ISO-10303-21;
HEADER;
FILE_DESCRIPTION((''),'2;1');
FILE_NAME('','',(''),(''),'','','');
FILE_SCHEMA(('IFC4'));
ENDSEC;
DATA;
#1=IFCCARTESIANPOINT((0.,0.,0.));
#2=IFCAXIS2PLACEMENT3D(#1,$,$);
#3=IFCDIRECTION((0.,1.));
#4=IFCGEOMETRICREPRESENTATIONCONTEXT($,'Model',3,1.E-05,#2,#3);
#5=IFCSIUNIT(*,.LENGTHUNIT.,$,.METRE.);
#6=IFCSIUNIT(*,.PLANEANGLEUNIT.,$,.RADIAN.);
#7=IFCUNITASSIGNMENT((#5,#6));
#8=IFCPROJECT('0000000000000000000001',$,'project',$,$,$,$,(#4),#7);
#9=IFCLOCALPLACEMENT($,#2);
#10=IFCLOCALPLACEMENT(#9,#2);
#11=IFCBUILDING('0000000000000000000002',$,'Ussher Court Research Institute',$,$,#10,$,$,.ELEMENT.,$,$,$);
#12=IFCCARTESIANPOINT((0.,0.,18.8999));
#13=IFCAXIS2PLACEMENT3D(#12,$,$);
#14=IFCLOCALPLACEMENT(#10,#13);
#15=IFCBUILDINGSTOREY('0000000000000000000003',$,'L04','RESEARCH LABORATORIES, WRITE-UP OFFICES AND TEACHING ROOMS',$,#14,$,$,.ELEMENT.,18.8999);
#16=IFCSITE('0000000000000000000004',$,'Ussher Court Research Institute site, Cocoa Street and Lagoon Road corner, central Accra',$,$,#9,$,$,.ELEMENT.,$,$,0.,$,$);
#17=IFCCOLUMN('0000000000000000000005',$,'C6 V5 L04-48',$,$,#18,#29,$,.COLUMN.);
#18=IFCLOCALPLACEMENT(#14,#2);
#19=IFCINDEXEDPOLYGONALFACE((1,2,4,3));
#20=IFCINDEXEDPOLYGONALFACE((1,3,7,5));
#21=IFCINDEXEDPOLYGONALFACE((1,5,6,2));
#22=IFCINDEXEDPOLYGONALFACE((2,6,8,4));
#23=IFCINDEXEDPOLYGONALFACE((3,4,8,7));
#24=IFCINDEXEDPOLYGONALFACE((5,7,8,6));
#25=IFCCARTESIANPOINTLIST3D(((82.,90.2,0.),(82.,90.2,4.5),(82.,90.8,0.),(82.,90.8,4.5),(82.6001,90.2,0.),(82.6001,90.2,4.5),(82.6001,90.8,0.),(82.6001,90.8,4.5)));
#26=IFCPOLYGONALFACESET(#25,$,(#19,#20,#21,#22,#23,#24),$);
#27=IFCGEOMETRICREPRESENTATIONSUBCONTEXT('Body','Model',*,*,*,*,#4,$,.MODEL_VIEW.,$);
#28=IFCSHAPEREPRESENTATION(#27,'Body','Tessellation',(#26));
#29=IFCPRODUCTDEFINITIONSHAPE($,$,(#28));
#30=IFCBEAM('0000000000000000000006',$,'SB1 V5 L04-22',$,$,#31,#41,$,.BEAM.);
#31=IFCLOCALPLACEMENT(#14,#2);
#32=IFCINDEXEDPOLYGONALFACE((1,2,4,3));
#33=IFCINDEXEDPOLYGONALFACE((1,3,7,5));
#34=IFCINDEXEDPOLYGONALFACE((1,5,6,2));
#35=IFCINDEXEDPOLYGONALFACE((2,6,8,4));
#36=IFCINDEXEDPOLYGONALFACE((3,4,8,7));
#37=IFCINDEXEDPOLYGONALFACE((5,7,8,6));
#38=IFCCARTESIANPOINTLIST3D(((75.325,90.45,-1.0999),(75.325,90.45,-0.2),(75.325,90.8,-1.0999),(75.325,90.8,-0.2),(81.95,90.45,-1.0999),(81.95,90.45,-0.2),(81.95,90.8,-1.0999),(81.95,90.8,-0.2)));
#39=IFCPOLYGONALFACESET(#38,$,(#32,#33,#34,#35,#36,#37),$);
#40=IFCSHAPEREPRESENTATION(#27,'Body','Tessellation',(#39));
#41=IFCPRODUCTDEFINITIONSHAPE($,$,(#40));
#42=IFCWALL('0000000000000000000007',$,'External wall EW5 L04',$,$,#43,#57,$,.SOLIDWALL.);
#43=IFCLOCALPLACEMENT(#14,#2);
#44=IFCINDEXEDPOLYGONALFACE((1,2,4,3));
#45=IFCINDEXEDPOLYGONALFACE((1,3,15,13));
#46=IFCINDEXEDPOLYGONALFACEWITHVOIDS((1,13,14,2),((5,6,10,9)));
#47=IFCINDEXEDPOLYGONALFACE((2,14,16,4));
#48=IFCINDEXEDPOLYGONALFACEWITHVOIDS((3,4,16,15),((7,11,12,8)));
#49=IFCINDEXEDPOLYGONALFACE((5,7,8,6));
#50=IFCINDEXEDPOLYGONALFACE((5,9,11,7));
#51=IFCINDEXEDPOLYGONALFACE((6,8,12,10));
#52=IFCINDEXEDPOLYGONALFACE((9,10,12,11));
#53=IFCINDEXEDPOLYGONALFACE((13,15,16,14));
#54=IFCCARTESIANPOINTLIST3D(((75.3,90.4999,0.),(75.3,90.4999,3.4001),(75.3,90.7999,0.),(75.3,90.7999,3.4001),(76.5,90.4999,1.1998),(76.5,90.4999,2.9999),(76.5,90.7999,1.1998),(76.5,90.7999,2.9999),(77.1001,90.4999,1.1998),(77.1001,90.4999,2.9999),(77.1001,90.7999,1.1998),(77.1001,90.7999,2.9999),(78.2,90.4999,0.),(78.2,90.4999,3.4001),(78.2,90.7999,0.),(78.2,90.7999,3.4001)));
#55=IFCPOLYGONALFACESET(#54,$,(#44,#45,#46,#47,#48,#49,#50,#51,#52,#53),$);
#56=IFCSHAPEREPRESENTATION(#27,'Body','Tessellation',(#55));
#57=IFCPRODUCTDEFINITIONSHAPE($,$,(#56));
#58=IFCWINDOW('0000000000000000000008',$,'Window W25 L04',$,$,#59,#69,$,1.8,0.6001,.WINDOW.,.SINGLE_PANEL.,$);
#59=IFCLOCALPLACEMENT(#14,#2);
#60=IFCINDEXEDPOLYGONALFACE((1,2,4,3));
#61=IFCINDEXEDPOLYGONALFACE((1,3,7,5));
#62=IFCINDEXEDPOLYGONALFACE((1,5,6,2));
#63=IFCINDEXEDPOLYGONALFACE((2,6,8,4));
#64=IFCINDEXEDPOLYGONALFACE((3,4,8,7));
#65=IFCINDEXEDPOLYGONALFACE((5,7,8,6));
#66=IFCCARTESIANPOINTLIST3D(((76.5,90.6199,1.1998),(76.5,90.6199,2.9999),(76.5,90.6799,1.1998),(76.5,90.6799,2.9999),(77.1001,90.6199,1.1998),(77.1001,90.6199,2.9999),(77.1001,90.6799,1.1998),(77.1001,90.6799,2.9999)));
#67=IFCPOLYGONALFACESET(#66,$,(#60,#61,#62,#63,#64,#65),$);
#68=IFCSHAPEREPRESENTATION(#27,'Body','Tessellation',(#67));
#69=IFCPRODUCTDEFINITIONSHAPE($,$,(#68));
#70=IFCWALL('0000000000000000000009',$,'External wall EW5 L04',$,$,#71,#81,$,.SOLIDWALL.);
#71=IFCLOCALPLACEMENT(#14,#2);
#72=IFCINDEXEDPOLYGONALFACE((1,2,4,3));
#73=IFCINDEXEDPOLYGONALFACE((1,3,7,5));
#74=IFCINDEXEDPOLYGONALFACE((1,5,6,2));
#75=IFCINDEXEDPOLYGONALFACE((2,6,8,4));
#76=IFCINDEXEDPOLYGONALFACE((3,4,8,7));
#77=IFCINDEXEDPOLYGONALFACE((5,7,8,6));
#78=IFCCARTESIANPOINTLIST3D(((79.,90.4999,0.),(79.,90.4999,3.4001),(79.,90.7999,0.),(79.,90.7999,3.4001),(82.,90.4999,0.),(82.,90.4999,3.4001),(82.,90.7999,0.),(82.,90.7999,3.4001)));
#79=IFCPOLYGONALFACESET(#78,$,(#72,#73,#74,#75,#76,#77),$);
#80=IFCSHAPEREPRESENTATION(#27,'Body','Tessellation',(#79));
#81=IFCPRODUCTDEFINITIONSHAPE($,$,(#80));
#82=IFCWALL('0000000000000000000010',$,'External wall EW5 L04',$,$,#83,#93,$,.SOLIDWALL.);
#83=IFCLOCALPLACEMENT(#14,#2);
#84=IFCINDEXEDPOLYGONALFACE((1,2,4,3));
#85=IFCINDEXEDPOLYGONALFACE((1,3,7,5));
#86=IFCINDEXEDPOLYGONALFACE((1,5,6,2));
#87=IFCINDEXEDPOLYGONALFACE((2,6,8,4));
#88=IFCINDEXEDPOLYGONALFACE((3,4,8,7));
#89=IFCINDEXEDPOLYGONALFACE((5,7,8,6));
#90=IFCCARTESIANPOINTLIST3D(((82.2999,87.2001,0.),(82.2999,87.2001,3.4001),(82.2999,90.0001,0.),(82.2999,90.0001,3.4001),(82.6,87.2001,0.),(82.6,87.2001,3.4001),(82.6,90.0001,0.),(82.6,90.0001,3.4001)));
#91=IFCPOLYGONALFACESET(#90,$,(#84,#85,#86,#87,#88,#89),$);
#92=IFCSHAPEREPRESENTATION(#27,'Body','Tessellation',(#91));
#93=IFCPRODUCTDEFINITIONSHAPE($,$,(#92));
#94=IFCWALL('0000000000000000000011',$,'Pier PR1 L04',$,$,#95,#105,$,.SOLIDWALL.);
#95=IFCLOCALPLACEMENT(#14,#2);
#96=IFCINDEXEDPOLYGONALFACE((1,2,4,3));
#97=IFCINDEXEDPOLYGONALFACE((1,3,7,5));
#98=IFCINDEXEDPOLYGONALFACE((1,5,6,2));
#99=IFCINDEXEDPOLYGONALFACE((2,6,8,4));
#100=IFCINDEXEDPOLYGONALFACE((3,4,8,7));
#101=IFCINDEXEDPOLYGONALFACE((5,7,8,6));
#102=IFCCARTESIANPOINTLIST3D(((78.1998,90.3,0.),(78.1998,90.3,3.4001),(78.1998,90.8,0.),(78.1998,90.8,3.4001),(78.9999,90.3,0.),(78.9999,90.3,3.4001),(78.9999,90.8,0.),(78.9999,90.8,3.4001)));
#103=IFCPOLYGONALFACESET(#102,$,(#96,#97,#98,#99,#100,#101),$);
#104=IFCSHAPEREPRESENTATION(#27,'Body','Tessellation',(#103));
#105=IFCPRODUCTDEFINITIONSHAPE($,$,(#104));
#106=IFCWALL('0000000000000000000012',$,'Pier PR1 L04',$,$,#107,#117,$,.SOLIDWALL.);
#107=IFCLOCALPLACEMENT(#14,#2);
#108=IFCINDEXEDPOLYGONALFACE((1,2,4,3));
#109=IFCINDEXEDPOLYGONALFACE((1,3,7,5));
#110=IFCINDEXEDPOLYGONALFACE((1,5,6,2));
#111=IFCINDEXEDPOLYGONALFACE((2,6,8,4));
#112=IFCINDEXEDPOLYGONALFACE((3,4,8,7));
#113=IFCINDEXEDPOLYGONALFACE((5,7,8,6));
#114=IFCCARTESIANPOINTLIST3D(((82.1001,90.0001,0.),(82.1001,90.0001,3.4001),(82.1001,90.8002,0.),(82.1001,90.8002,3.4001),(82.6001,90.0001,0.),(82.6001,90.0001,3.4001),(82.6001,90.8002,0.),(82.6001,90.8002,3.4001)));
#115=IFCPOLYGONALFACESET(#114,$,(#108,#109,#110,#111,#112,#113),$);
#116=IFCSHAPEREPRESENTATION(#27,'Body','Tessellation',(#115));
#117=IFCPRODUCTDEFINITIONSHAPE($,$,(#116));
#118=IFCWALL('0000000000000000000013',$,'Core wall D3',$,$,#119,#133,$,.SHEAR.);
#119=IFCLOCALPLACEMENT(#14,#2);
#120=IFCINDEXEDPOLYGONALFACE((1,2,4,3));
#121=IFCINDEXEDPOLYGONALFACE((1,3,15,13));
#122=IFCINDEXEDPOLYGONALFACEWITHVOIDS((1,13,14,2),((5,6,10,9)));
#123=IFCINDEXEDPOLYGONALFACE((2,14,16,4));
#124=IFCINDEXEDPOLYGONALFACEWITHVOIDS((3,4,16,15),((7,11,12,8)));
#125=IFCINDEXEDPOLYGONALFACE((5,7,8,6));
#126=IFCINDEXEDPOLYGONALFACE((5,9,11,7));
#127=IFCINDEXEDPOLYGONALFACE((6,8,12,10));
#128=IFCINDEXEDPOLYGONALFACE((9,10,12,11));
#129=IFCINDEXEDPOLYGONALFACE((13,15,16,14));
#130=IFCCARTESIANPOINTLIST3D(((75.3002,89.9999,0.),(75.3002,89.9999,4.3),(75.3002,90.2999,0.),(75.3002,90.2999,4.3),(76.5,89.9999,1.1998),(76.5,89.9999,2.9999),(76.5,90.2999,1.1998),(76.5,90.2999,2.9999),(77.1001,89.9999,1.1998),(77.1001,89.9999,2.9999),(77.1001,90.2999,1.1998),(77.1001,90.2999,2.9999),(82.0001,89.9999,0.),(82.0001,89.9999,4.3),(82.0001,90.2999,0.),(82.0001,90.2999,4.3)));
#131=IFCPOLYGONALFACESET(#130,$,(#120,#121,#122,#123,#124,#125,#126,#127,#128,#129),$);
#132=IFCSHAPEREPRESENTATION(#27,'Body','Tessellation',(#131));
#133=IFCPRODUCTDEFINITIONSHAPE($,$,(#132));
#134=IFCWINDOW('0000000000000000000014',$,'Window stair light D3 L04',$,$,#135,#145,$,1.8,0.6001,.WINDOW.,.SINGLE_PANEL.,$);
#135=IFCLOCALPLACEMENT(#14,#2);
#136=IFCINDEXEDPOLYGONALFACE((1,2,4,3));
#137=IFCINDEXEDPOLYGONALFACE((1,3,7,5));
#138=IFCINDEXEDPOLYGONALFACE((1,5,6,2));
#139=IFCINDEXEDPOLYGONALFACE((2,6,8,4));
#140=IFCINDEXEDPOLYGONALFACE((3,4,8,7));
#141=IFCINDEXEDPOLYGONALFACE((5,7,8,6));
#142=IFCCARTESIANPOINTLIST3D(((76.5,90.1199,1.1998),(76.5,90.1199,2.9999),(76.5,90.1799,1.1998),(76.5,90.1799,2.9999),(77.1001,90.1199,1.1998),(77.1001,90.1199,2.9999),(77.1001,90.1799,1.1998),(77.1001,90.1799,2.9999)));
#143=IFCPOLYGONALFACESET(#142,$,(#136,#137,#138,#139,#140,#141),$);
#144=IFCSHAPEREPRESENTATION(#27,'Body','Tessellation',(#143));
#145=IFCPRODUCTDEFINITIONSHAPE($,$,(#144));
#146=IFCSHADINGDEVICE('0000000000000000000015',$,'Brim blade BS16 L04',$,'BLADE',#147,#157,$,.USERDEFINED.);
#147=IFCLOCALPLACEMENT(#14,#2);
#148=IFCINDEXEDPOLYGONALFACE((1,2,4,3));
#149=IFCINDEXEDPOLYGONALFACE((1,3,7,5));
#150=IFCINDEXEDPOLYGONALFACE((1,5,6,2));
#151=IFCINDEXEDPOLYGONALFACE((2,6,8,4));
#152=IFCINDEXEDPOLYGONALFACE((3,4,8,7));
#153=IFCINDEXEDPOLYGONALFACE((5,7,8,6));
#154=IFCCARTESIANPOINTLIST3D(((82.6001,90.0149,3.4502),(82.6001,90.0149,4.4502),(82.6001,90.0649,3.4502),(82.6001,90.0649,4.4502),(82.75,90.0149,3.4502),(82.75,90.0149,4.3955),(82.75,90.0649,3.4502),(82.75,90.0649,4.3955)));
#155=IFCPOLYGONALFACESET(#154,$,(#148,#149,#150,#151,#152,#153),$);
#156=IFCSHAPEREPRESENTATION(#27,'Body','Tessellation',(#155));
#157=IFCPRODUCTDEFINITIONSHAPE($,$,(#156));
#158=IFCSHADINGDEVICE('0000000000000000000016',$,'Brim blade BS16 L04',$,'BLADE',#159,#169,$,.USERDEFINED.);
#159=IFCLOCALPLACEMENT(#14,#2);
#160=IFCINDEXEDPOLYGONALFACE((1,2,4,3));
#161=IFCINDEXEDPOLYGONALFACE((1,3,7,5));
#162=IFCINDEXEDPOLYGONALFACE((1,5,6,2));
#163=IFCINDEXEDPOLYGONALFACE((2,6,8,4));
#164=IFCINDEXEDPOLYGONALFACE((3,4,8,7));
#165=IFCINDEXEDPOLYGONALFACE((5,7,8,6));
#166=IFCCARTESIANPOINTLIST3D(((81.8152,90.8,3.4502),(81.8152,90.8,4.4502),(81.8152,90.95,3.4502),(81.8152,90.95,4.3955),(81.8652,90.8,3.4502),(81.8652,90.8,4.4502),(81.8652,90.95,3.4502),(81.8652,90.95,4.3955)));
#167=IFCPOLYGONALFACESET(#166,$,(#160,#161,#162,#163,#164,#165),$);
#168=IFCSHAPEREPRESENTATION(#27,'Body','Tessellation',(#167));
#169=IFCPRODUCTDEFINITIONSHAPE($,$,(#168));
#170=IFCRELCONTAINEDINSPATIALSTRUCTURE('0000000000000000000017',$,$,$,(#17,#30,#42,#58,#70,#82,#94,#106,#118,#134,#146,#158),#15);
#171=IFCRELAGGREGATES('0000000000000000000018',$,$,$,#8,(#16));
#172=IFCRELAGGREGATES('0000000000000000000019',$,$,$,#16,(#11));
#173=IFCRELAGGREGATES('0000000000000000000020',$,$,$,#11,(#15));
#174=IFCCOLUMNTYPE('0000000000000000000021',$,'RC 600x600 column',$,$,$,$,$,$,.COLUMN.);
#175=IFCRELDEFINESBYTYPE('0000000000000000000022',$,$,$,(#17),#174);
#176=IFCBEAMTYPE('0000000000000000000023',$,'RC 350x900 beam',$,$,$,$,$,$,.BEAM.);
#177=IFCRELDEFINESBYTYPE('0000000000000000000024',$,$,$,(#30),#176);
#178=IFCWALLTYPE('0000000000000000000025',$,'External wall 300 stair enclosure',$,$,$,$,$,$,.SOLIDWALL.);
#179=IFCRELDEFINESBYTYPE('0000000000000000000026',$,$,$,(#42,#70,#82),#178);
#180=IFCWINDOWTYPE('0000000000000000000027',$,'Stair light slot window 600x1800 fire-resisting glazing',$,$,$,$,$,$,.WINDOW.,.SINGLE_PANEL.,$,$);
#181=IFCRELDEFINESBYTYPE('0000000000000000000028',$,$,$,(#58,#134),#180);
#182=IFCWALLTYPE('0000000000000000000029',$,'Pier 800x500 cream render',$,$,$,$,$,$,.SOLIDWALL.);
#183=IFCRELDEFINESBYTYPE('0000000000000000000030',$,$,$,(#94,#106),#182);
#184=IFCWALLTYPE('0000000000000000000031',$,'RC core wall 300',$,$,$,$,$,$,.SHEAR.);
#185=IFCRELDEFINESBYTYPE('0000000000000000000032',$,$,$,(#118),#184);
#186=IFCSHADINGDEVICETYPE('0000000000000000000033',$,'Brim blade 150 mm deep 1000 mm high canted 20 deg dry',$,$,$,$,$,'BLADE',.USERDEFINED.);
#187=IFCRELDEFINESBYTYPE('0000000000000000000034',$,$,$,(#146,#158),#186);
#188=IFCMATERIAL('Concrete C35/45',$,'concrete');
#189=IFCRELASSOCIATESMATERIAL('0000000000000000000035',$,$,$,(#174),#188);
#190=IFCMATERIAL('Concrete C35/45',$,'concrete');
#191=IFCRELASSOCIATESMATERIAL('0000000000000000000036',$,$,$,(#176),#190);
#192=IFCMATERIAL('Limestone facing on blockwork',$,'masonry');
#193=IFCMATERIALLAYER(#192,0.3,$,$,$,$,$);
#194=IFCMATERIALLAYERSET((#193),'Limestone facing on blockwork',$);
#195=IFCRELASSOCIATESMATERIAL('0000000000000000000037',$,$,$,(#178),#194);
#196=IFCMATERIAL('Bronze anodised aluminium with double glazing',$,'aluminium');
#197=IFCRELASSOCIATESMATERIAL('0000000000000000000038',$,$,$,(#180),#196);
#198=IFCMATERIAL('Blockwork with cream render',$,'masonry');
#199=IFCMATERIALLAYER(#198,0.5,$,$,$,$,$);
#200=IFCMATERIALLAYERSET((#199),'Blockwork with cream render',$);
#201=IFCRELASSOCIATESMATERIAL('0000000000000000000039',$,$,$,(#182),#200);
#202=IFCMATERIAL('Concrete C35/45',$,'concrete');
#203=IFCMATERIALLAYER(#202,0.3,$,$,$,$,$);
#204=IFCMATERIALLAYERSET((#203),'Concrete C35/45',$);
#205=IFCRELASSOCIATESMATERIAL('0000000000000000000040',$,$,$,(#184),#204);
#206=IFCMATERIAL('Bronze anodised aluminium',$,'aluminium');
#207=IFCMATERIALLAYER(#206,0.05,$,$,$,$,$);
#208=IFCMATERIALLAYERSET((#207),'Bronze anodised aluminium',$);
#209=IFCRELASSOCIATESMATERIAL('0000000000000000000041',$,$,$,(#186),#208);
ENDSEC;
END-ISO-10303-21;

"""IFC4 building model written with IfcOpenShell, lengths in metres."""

from ifc_helpers import new_model, si_unit, direction, frame, frame_2d, origin, origin_2d, place, context, subcontext, project, spatial, polyline, rectangle, outline, extrude, material, layer, layer_set, material_profile, profile_set, type_object, element, fill, save


model = new_model("IFC4")

# Units and contexts
model_context = context("Model", 3, precision=1e-05, world=origin(), true_north=direction((0.0, 1.0)))
body_context = subcontext(model_context, "Body", "Model", "MODEL_VIEW")
ifc_project = project(units=[si_unit("LENGTHUNIT", "METRE"), si_unit("PLANEANGLEUNIT", "RADIAN")], contexts=[model_context])

# Site, building, storey
site_placement = place(None, origin())
site = spatial("IfcSite", under=ifc_project, at=site_placement, Name="Ussher Court Research Institute site, Cocoa Street and Lagoon Road corner, central Accra", CompositionType="ELEMENT", RefElevation=0.0)
building_placement = place(site_placement, origin())
building = spatial("IfcBuilding", under=site, at=building_placement, Name="Ussher Court Research Institute", CompositionType="ELEMENT")
storey_placement = place(building_placement, frame((0.0, 0.0, 18.8999)))
storey = spatial("IfcBuildingStorey", under=building, at=storey_placement, Name="L04", Description="RESEARCH LABORATORIES, WRITE-UP OFFICES AND TEACHING ROOMS", CompositionType="ELEMENT", Elevation=18.8999)

# Column
ifc_material_1 = material(Name="Concrete C35/45", Category="concrete")
ifc_material_profile_1 = material_profile(ifc_material_1, rectangle(XDim=0.6001, YDim=0.6001, at=origin_2d()), Name="RC 600x600")
ifc_profile_set_1 = profile_set([ifc_material_profile_1], Name="Concrete C35/45")
column_type = type_object("IfcColumnType", Name="RC 600x600 column", PredefinedType="COLUMN", material=ifc_profile_set_1)
column_placement = place(storey_placement, frame((82.3, 90.5, 0.0), z_axis=(0.0, 0.0, 1.0), x_axis=(1.0, 0.0, 0.0)))
element("IfcColumn", 1, at=column_placement, inside=storey, type_object=column_type, Name="C6 V5 L04-48", PredefinedType="COLUMN", context=body_context, shape_type="SweptSolid", body=[
    extrude(rectangle(XDim=0.6001, YDim=0.6001, at=origin_2d()), origin(), (0.0, 0.0, 1.0), 4.5),
])

# Beam
ifc_material_2 = material(Name="Concrete C35/45", Category="concrete")
ifc_material_profile_2 = material_profile(ifc_material_2, rectangle(XDim=0.3501, YDim=0.8999, at=origin_2d()), Name="RC 350x900")
ifc_profile_set_2 = profile_set([ifc_material_profile_2], Name="Concrete C35/45")
beam_type = type_object("IfcBeamType", Name="RC 350x900 beam", PredefinedType="BEAM", material=ifc_profile_set_2)
beam_placement = place(storey_placement, frame((75.325, 90.625, -0.6499), z_axis=(1.0, 0.0, 0.0), x_axis=(0.0, 1.0, 0.0)))
element("IfcBeam", 2, at=beam_placement, inside=storey, type_object=beam_type, Name="SB1 V5 L04-22", PredefinedType="BEAM", context=body_context, shape_type="SweptSolid", body=[
    extrude(rectangle(XDim=0.3501, YDim=0.8999, at=origin_2d()), origin(), (0.0, 0.0, 1.0), 6.625),
])

# Wall, opening, window
ifc_material_3 = material(Name="Limestone facing on blockwork", Category="masonry")
ifc_layer_1 = layer(ifc_material_3, 0.3)
ifc_layer_set_1 = layer_set([ifc_layer_1], Name="Limestone facing on blockwork")
wall_type_1 = type_object("IfcWallType", Name="External wall 300 stair enclosure", PredefinedType="SOLIDWALL", material=ifc_layer_set_1)
wall_1_placement = place(storey_placement, frame((75.3, 90.6499, 0.0), z_axis=(0.0, 0.0, 1.0), x_axis=(1.0, 0.0, 0.0)))
wall_1 = element("IfcWall", 3, at=wall_1_placement, inside=storey, type_object=wall_type_1, Name="External wall EW5 L04", PredefinedType="SOLIDWALL", context=body_context, shape_type="SweptSolid", body=[
    extrude(rectangle(XDim=2.8999, YDim=0.3, at=frame_2d((1.45, 0.0))), origin(), (0.0, 0.0, 1.0), 3.4001),
])
opening_1_placement = place(wall_1_placement, frame((1.2, 0.0, 1.2)))
opening_1 = element("IfcOpeningElement", 4, at=opening_1_placement, cuts=wall_1, PredefinedType="OPENING", context=body_context, shape_type="SweptSolid", body=[
    extrude(rectangle(XDim=0.6001, YDim=1.8, at=frame_2d((0.3, 0.8999))), frame((0.0, 0.1602, 0.0), z_axis=(0.0, -1.0, 0.0), x_axis=(1.0, 0.0, 0.0)), (0.0, 0.0, 1.0), 0.3201),
])
ifc_material_4 = material(Name="Bronze anodised aluminium with double glazing", Category="aluminium")
window_type = type_object("IfcWindowType", Name="Stair light slot window 600x1800 fire-resisting glazing", PartitioningType="SINGLE_PANEL", PredefinedType="WINDOW", material=ifc_material_4)
window_1_placement = place(opening_1_placement, origin())
window_1 = element("IfcWindow", 5, at=window_1_placement, inside=storey, type_object=window_type, Name="Window W25 L04", OverallHeight=1.8, OverallWidth=0.6001, PartitioningType="SINGLE_PANEL", PredefinedType="WINDOW", context=body_context, shape_type="SweptSolid", body=[
    extrude(rectangle(XDim=0.6001, YDim=1.8, at=frame_2d((0.3, 0.8999))), frame((0.0, 0.03, 0.0), z_axis=(0.0, -1.0, 0.0), x_axis=(1.0, 0.0, 0.0)), (0.0, 0.0, 1.0), 0.0601),
])
fill(opening_1, window_1)

# Walls
wall_2_placement = place(storey_placement, frame((79.0, 90.6499, 0.0), z_axis=(0.0, 0.0, 1.0), x_axis=(1.0, 0.0, 0.0)))
element("IfcWall", 6, at=wall_2_placement, inside=storey, type_object=wall_type_1, Name="External wall EW5 L04", PredefinedType="SOLIDWALL", context=body_context, shape_type="SweptSolid", body=[
    extrude(rectangle(XDim=3.0, YDim=0.3, at=frame_2d((1.5, 0.0))), origin(), (0.0, 0.0, 1.0), 3.4001),
])
wall_3_placement = place(storey_placement, frame((82.45, 90.0, 0.0), z_axis=(0.0, 0.0, 1.0), x_axis=(0.0, -1.0, 0.0)))
element("IfcWall", 7, at=wall_3_placement, inside=storey, type_object=wall_type_1, Name="External wall EW5 L04", PredefinedType="SOLIDWALL", context=body_context, shape_type="SweptSolid", body=[
    extrude(rectangle(XDim=2.8, YDim=0.3, at=frame_2d((1.3999, 0.0))), origin(), (0.0, 0.0, 1.0), 3.4001),
])
ifc_material_5 = material(Name="Blockwork with cream render", Category="masonry")
ifc_layer_2 = layer(ifc_material_5, 0.5)
ifc_layer_set_2 = layer_set([ifc_layer_2], Name="Blockwork with cream render")
wall_type_2 = type_object("IfcWallType", Name="Pier 800x500 cream render", PredefinedType="SOLIDWALL", material=ifc_layer_set_2)
for number, where, z_axis, x_axis, name in (
    (8, (78.2, 90.55, 0.0), (0.0, 0.0, 1.0), (1.0, 0.0, 0.0), "Pier PR1 L04"),
    (9, (82.3501, 90.8, 0.0), (0.0, 0.0, 1.0), (0.0, -1.0, 0.0), "Pier PR1 L04"),
):
    element("IfcWall", number, at=place(storey_placement, frame(where, z_axis=z_axis, x_axis=x_axis)), inside=storey, type_object=wall_type_2, Name=name, PredefinedType="SOLIDWALL", context=body_context, shape_type="SweptSolid", body=[
        extrude(rectangle(XDim=0.8, YDim=0.5, at=frame_2d((0.3999, 0.0))), origin(), (0.0, 0.0, 1.0), 3.4001),
    ])

# Wall, opening, window
ifc_material_6 = material(Name="Concrete C35/45", Category="concrete")
ifc_layer_3 = layer(ifc_material_6, 0.3)
ifc_layer_set_3 = layer_set([ifc_layer_3], Name="Concrete C35/45")
wall_type_3 = type_object("IfcWallType", Name="RC core wall 300", PredefinedType="SHEAR", material=ifc_layer_set_3)
wall_4_placement = place(storey_placement, frame((75.3, 90.1499, 0.0), z_axis=(0.0, 0.0, 1.0), x_axis=(1.0, 0.0, 0.0)))
wall_4 = element("IfcWall", 10, at=wall_4_placement, inside=storey, type_object=wall_type_3, Name="Core wall D3", PredefinedType="SHEAR", context=body_context, shape_type="SweptSolid", body=[
    extrude(rectangle(XDim=6.7, YDim=0.3, at=frame_2d((3.3501, 0.0))), origin(), (0.0, 0.0, 1.0), 4.3),
])
opening_2_placement = place(wall_4_placement, frame((1.2, 0.0, 1.2)))
opening_2 = element("IfcOpeningElement", 11, at=opening_2_placement, cuts=wall_4, PredefinedType="OPENING", context=body_context, shape_type="SweptSolid", body=[
    extrude(rectangle(XDim=0.6001, YDim=1.8, at=frame_2d((0.3, 0.8999))), frame((0.0, 0.1602, 0.0), z_axis=(0.0, -1.0, 0.0), x_axis=(1.0, 0.0, 0.0)), (0.0, 0.0, 1.0), 0.3201),
])
window_2_placement = place(opening_2_placement, origin())
window_2 = element("IfcWindow", 12, at=window_2_placement, inside=storey, type_object=window_type, Name="Window stair light D3 L04", OverallHeight=1.8, OverallWidth=0.6001, PartitioningType="SINGLE_PANEL", PredefinedType="WINDOW", context=body_context, shape_type="SweptSolid", body=[
    extrude(rectangle(XDim=0.6001, YDim=1.8, at=frame_2d((0.3, 0.8999))), frame((0.0, 0.03, 0.0), z_axis=(0.0, -1.0, 0.0), x_axis=(1.0, 0.0, 0.0)), (0.0, 0.0, 1.0), 0.0601),
])
fill(opening_2, window_2)

# Shading devices
ifc_material_7 = material(Name="Bronze anodised aluminium", Category="aluminium")
ifc_layer_4 = layer(ifc_material_7, 0.05)
ifc_layer_set_4 = layer_set([ifc_layer_4], Name="Bronze anodised aluminium")
shading_device_type_1 = type_object("IfcShadingDeviceType", Name="Brim blade 150 mm deep 1000 mm high canted 20 deg dry", ElementType="BLADE", PredefinedType="USERDEFINED", material=ifc_layer_set_4)
for number, where, z_axis, x_axis, name in (
    (13, (82.6001, 90.04, 3.4502), (0.0, 0.0, 1.0), (1.0, 0.0, 0.0), "Brim blade BS16 L04"),
    (14, (81.8401, 90.8, 3.4502), (0.0, 0.0, 1.0), (0.0, 1.0, 0.0), "Brim blade BS16 L04"),
):
    element("IfcShadingDevice", number, at=place(storey_placement, frame(where, z_axis=z_axis, x_axis=x_axis)), inside=storey, type_object=shading_device_type_1, Name=name, ObjectType="BLADE", PredefinedType="USERDEFINED", context=body_context, shape_type="SweptSolid", body=[
        extrude(outline(polyline([(0.0, 0.0), (0.1499, 0.0), (0.1499, 0.9453), (0.0, 1.0), (0.0, 0.0)])), frame((0.0, 0.0249, 0.0), z_axis=(0.0, -1.0, 0.0), x_axis=(1.0, 0.0, 0.0)), (0.0, 0.0, 1.0), 0.05),
    ])

save(model, "model.ifc")
